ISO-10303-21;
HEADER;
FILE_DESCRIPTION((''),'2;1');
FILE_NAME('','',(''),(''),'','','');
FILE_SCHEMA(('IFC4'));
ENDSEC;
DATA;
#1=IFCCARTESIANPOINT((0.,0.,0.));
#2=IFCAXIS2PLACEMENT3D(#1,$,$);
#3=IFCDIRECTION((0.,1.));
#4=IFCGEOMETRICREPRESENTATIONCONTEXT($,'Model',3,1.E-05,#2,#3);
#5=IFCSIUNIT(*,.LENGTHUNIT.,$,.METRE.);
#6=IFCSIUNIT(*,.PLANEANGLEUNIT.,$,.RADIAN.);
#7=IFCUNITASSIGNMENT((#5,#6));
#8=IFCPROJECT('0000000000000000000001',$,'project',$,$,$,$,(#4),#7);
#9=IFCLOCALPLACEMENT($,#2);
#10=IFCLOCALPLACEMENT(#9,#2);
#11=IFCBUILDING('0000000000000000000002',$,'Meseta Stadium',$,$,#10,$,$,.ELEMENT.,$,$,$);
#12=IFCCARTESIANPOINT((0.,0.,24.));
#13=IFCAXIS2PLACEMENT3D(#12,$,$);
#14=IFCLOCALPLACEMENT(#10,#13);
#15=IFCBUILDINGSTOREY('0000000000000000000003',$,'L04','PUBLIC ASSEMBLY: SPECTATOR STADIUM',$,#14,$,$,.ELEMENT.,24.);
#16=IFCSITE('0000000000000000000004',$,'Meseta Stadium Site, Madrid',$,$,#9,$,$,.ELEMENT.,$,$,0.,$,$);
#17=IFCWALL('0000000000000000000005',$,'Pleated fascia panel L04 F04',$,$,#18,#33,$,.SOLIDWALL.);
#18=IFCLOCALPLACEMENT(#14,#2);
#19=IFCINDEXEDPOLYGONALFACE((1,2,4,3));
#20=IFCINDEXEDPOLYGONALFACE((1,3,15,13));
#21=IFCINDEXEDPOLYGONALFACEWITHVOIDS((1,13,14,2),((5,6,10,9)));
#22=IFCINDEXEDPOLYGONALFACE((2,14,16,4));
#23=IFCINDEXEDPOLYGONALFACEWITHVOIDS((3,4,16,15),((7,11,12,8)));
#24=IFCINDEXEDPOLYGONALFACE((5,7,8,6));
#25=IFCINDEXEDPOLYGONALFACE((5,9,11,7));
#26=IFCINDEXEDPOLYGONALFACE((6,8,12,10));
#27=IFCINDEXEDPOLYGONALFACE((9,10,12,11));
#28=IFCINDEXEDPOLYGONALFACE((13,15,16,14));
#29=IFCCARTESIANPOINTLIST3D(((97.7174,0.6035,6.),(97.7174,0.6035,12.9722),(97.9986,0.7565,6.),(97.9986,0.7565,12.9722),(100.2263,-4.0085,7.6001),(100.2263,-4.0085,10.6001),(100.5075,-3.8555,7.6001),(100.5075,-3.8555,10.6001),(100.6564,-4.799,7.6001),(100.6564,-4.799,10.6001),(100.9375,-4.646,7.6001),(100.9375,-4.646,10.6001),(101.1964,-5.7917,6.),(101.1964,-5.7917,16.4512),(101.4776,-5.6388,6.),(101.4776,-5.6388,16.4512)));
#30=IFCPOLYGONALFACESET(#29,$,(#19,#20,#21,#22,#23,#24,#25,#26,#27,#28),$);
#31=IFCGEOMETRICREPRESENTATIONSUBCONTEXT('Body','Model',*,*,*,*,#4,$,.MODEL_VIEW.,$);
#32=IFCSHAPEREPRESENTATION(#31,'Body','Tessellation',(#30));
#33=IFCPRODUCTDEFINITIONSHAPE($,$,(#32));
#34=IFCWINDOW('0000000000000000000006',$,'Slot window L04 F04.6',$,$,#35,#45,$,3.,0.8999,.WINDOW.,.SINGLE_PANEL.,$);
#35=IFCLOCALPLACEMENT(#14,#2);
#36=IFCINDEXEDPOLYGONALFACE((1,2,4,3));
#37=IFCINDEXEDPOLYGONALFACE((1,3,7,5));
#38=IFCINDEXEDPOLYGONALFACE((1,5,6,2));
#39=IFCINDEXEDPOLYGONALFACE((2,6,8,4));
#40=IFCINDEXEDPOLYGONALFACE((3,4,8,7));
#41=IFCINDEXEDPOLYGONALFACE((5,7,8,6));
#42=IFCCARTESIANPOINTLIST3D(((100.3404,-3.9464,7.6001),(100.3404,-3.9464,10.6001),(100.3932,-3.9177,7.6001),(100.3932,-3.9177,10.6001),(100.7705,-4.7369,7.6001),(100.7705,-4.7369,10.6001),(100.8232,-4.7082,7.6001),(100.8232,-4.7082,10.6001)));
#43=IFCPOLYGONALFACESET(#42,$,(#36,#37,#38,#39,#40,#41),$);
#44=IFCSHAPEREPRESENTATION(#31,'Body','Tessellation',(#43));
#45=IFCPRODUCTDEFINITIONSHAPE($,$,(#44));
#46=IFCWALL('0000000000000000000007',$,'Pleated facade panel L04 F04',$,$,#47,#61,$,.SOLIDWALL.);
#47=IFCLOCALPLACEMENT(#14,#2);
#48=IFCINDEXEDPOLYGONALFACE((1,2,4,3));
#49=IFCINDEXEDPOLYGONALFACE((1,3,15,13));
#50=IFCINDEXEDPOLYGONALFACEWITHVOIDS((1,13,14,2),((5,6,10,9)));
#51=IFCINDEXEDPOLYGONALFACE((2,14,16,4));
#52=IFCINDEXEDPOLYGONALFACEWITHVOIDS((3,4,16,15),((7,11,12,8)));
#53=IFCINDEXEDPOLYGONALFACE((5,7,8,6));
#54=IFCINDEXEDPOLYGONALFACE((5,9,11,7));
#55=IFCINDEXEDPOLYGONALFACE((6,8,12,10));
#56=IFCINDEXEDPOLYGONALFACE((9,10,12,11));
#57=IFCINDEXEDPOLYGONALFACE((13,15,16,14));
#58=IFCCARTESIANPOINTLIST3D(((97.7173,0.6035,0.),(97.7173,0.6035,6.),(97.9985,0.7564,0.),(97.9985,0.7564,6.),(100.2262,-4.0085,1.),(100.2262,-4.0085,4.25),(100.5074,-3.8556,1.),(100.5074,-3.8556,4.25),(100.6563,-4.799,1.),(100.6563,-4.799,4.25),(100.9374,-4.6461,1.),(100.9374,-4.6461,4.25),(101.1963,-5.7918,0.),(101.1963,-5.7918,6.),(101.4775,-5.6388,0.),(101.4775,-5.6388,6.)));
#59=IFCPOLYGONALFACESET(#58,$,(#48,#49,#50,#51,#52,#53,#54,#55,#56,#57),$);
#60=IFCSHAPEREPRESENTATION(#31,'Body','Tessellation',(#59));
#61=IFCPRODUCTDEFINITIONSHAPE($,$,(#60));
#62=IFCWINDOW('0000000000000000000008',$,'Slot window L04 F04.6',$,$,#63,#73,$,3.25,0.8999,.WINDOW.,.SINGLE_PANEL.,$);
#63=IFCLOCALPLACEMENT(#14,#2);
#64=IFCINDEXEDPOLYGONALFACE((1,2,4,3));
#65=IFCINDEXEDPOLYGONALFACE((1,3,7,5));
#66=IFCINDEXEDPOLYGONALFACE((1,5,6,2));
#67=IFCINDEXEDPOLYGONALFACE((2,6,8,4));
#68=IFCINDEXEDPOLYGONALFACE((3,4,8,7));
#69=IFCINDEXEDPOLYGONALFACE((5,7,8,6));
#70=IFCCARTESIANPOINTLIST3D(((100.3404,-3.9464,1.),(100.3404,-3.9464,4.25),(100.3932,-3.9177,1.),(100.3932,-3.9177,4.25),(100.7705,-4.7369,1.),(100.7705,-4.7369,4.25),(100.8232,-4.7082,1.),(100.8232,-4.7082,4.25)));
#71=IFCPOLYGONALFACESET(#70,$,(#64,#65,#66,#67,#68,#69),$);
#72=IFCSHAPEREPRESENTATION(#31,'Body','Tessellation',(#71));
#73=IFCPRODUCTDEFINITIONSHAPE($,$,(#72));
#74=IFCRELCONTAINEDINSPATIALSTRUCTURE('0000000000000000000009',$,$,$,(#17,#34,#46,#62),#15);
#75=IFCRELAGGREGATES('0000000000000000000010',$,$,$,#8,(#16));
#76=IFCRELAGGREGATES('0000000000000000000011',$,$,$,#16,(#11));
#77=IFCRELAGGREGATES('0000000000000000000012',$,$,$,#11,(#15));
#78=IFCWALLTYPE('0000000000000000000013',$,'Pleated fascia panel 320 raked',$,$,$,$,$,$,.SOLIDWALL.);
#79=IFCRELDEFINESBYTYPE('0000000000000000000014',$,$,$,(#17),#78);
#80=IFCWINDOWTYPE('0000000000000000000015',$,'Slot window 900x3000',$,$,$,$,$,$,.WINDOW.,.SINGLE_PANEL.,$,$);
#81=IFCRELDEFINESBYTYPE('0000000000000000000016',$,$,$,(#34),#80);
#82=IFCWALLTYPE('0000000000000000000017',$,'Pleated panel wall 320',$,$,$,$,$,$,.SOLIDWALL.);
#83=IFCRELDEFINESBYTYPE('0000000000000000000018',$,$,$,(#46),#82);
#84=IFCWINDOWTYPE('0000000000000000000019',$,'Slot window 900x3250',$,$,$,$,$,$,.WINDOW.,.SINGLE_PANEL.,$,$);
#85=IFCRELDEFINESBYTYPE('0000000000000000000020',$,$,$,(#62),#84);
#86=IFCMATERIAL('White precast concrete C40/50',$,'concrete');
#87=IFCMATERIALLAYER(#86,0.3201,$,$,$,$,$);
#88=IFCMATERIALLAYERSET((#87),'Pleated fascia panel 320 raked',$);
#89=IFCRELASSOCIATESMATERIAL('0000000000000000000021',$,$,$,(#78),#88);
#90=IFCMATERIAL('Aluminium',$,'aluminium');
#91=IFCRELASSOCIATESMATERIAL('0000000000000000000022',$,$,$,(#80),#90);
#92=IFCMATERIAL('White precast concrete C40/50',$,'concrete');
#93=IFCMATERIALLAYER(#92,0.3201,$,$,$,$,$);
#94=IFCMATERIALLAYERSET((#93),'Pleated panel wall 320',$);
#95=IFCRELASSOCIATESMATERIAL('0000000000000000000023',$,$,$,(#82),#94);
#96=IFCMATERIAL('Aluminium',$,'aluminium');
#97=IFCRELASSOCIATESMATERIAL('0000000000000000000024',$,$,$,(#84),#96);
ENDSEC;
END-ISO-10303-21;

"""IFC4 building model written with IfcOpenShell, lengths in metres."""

from ifc_helpers import new_model, si_unit, direction, frame, frame_2d, origin, place, context, subcontext, project, spatial, polyline, rectangle, outline, extrude, material, layer, layer_set, type_object, element, fill, save


model = new_model("IFC4")

# Units and contexts
model_context = context("Model", 3, precision=1e-05, world=origin(), true_north=direction((0.0, 1.0)))
body_context = subcontext(model_context, "Body", "Model", "MODEL_VIEW")
ifc_project = project(units=[si_unit("LENGTHUNIT", "METRE"), si_unit("PLANEANGLEUNIT", "RADIAN")], contexts=[model_context])

# Site, building, storey
site_placement = place(None, origin())
site = spatial("IfcSite", under=ifc_project, at=site_placement, Name="Meseta Stadium Site, Madrid", CompositionType="ELEMENT", RefElevation=0.0)
building_placement = place(site_placement, origin())
building = spatial("IfcBuilding", under=site, at=building_placement, Name="Meseta Stadium", CompositionType="ELEMENT")
storey_placement = place(building_placement, frame((0.0, 0.0, 24.0)))
storey = spatial("IfcBuildingStorey", under=building, at=storey_placement, Name="L04", Description="PUBLIC ASSEMBLY: SPECTATOR STADIUM", CompositionType="ELEMENT", Elevation=24.0)

# Walls, openings, windows
ifc_material_1 = material(Name="White precast concrete C40/50", Category="concrete")
ifc_layer_1 = layer(ifc_material_1, 0.3201)
ifc_layer_set_1 = layer_set([ifc_layer_1], Name="Pleated fascia panel 320 raked")
wall_type_1 = type_object("IfcWallType", Name="Pleated fascia panel 320 raked", PredefinedType="SOLIDWALL", material=ifc_layer_set_1)
wall_1_placement = place(storey_placement, frame((97.8579, 0.6799, 6.0), z_axis=(0.0, 0.0, 1.0), x_axis=(0.477865, -0.878433, 0.0)))
wall_1 = element("IfcWall", 1, at=wall_1_placement, inside=storey, type_object=wall_type_1, Name="Pleated fascia panel L04 F04", PredefinedType="SOLIDWALL", context=body_context, shape_type="SweptSolid", body=[
    extrude(outline(polyline([(0.0, 0.0), (7.2803, 0.0), (7.2803, 10.4512), (0.0, 6.9722), (0.0, 0.0)])), frame((0.0, 0.1602, 0.0), z_axis=(0.0, -1.0, 0.0), x_axis=(1.0, 0.0, 0.0)), (0.0, 0.0, 1.0), 0.3201),
])
opening_1_placement = place(wall_1_placement, frame((5.2502, 0.0, 1.6001)))
opening_1 = element("IfcOpeningElement", 2, at=opening_1_placement, cuts=wall_1, PredefinedType="OPENING", context=body_context, shape_type="SweptSolid", body=[
    extrude(rectangle(XDim=0.8999, YDim=3.0, at=frame_2d((0.45, 1.5))), frame((0.0, 0.1699, 0.0), z_axis=(0.0, -1.0, 0.0), x_axis=(1.0, 0.0, 0.0)), (0.0, 0.0, 1.0), 0.3401),
])
ifc_material_2 = material(Name="Aluminium", Category="aluminium")
window_type_1 = type_object("IfcWindowType", Name="Slot window 900x3000", PartitioningType="SINGLE_PANEL", PredefinedType="WINDOW", material=ifc_material_2)
window_1_placement = place(opening_1_placement, origin())
window_1 = element("IfcWindow", 3, at=window_1_placement, inside=storey, type_object=window_type_1, Name="Slot window L04 F04.6", OverallHeight=3.0, OverallWidth=0.8999, PartitioningType="SINGLE_PANEL", PredefinedType="WINDOW", context=body_context, shape_type="SweptSolid", body=[
    extrude(rectangle(XDim=0.8999, YDim=3.0, at=frame_2d((0.45, 1.5))), frame((0.0, 0.03, 0.0), z_axis=(0.0, -1.0, 0.0), x_axis=(1.0, 0.0, 0.0)), (0.0, 0.0, 1.0), 0.0601),
])
fill(opening_1, window_1)
ifc_material_3 = material(Name="White precast concrete C40/50", Category="concrete")
ifc_layer_2 = layer(ifc_material_3, 0.3201)
ifc_layer_set_2 = layer_set([ifc_layer_2], Name="Pleated panel wall 320")
wall_type_2 = type_object("IfcWallType", Name="Pleated panel wall 320", PredefinedType="SOLIDWALL", material=ifc_layer_set_2)
wall_2_placement = place(storey_placement, frame((97.8579, 0.6799, 0.0), z_axis=(0.0, 0.0, 1.0), x_axis=(0.477865, -0.878433, 0.0)))
wall_2 = element("IfcWall", 4, at=wall_2_placement, inside=storey, type_object=wall_type_2, Name="Pleated facade panel L04 F04", PredefinedType="SOLIDWALL", context=body_context, shape_type="SweptSolid", body=[
    extrude(rectangle(XDim=7.2803, YDim=0.3201, at=frame_2d((3.6401, 0.0))), origin(), (0.0, 0.0, 1.0), 6.0),
])
opening_2_placement = place(wall_2_placement, frame((5.2502, 0.0, 1.0)))
opening_2 = element("IfcOpeningElement", 5, at=opening_2_placement, cuts=wall_2, PredefinedType="OPENING", context=body_context, shape_type="SweptSolid", body=[
    extrude(rectangle(XDim=0.8999, YDim=3.25, at=frame_2d((0.45, 1.625))), frame((0.0, 0.1699, 0.0), z_axis=(0.0, -1.0, 0.0), x_axis=(1.0, 0.0, 0.0)), (0.0, 0.0, 1.0), 0.3401),
])
ifc_material_4 = material(Name="Aluminium", Category="aluminium")
window_type_2 = type_object("IfcWindowType", Name="Slot window 900x3250", PartitioningType="SINGLE_PANEL", PredefinedType="WINDOW", material=ifc_material_4)
window_2_placement = place(opening_2_placement, origin())
window_2 = element("IfcWindow", 6, at=window_2_placement, inside=storey, type_object=window_type_2, Name="Slot window L04 F04.6", OverallHeight=3.25, OverallWidth=0.8999, PartitioningType="SINGLE_PANEL", PredefinedType="WINDOW", context=body_context, shape_type="SweptSolid", body=[
    extrude(rectangle(XDim=0.8999, YDim=3.25, at=frame_2d((0.45, 1.625))), frame((0.0, 0.03, 0.0), z_axis=(0.0, -1.0, 0.0), x_axis=(1.0, 0.0, 0.0)), (0.0, 0.0, 1.0), 0.0601),
])
fill(opening_2, window_2)

save(model, "model.ifc")
